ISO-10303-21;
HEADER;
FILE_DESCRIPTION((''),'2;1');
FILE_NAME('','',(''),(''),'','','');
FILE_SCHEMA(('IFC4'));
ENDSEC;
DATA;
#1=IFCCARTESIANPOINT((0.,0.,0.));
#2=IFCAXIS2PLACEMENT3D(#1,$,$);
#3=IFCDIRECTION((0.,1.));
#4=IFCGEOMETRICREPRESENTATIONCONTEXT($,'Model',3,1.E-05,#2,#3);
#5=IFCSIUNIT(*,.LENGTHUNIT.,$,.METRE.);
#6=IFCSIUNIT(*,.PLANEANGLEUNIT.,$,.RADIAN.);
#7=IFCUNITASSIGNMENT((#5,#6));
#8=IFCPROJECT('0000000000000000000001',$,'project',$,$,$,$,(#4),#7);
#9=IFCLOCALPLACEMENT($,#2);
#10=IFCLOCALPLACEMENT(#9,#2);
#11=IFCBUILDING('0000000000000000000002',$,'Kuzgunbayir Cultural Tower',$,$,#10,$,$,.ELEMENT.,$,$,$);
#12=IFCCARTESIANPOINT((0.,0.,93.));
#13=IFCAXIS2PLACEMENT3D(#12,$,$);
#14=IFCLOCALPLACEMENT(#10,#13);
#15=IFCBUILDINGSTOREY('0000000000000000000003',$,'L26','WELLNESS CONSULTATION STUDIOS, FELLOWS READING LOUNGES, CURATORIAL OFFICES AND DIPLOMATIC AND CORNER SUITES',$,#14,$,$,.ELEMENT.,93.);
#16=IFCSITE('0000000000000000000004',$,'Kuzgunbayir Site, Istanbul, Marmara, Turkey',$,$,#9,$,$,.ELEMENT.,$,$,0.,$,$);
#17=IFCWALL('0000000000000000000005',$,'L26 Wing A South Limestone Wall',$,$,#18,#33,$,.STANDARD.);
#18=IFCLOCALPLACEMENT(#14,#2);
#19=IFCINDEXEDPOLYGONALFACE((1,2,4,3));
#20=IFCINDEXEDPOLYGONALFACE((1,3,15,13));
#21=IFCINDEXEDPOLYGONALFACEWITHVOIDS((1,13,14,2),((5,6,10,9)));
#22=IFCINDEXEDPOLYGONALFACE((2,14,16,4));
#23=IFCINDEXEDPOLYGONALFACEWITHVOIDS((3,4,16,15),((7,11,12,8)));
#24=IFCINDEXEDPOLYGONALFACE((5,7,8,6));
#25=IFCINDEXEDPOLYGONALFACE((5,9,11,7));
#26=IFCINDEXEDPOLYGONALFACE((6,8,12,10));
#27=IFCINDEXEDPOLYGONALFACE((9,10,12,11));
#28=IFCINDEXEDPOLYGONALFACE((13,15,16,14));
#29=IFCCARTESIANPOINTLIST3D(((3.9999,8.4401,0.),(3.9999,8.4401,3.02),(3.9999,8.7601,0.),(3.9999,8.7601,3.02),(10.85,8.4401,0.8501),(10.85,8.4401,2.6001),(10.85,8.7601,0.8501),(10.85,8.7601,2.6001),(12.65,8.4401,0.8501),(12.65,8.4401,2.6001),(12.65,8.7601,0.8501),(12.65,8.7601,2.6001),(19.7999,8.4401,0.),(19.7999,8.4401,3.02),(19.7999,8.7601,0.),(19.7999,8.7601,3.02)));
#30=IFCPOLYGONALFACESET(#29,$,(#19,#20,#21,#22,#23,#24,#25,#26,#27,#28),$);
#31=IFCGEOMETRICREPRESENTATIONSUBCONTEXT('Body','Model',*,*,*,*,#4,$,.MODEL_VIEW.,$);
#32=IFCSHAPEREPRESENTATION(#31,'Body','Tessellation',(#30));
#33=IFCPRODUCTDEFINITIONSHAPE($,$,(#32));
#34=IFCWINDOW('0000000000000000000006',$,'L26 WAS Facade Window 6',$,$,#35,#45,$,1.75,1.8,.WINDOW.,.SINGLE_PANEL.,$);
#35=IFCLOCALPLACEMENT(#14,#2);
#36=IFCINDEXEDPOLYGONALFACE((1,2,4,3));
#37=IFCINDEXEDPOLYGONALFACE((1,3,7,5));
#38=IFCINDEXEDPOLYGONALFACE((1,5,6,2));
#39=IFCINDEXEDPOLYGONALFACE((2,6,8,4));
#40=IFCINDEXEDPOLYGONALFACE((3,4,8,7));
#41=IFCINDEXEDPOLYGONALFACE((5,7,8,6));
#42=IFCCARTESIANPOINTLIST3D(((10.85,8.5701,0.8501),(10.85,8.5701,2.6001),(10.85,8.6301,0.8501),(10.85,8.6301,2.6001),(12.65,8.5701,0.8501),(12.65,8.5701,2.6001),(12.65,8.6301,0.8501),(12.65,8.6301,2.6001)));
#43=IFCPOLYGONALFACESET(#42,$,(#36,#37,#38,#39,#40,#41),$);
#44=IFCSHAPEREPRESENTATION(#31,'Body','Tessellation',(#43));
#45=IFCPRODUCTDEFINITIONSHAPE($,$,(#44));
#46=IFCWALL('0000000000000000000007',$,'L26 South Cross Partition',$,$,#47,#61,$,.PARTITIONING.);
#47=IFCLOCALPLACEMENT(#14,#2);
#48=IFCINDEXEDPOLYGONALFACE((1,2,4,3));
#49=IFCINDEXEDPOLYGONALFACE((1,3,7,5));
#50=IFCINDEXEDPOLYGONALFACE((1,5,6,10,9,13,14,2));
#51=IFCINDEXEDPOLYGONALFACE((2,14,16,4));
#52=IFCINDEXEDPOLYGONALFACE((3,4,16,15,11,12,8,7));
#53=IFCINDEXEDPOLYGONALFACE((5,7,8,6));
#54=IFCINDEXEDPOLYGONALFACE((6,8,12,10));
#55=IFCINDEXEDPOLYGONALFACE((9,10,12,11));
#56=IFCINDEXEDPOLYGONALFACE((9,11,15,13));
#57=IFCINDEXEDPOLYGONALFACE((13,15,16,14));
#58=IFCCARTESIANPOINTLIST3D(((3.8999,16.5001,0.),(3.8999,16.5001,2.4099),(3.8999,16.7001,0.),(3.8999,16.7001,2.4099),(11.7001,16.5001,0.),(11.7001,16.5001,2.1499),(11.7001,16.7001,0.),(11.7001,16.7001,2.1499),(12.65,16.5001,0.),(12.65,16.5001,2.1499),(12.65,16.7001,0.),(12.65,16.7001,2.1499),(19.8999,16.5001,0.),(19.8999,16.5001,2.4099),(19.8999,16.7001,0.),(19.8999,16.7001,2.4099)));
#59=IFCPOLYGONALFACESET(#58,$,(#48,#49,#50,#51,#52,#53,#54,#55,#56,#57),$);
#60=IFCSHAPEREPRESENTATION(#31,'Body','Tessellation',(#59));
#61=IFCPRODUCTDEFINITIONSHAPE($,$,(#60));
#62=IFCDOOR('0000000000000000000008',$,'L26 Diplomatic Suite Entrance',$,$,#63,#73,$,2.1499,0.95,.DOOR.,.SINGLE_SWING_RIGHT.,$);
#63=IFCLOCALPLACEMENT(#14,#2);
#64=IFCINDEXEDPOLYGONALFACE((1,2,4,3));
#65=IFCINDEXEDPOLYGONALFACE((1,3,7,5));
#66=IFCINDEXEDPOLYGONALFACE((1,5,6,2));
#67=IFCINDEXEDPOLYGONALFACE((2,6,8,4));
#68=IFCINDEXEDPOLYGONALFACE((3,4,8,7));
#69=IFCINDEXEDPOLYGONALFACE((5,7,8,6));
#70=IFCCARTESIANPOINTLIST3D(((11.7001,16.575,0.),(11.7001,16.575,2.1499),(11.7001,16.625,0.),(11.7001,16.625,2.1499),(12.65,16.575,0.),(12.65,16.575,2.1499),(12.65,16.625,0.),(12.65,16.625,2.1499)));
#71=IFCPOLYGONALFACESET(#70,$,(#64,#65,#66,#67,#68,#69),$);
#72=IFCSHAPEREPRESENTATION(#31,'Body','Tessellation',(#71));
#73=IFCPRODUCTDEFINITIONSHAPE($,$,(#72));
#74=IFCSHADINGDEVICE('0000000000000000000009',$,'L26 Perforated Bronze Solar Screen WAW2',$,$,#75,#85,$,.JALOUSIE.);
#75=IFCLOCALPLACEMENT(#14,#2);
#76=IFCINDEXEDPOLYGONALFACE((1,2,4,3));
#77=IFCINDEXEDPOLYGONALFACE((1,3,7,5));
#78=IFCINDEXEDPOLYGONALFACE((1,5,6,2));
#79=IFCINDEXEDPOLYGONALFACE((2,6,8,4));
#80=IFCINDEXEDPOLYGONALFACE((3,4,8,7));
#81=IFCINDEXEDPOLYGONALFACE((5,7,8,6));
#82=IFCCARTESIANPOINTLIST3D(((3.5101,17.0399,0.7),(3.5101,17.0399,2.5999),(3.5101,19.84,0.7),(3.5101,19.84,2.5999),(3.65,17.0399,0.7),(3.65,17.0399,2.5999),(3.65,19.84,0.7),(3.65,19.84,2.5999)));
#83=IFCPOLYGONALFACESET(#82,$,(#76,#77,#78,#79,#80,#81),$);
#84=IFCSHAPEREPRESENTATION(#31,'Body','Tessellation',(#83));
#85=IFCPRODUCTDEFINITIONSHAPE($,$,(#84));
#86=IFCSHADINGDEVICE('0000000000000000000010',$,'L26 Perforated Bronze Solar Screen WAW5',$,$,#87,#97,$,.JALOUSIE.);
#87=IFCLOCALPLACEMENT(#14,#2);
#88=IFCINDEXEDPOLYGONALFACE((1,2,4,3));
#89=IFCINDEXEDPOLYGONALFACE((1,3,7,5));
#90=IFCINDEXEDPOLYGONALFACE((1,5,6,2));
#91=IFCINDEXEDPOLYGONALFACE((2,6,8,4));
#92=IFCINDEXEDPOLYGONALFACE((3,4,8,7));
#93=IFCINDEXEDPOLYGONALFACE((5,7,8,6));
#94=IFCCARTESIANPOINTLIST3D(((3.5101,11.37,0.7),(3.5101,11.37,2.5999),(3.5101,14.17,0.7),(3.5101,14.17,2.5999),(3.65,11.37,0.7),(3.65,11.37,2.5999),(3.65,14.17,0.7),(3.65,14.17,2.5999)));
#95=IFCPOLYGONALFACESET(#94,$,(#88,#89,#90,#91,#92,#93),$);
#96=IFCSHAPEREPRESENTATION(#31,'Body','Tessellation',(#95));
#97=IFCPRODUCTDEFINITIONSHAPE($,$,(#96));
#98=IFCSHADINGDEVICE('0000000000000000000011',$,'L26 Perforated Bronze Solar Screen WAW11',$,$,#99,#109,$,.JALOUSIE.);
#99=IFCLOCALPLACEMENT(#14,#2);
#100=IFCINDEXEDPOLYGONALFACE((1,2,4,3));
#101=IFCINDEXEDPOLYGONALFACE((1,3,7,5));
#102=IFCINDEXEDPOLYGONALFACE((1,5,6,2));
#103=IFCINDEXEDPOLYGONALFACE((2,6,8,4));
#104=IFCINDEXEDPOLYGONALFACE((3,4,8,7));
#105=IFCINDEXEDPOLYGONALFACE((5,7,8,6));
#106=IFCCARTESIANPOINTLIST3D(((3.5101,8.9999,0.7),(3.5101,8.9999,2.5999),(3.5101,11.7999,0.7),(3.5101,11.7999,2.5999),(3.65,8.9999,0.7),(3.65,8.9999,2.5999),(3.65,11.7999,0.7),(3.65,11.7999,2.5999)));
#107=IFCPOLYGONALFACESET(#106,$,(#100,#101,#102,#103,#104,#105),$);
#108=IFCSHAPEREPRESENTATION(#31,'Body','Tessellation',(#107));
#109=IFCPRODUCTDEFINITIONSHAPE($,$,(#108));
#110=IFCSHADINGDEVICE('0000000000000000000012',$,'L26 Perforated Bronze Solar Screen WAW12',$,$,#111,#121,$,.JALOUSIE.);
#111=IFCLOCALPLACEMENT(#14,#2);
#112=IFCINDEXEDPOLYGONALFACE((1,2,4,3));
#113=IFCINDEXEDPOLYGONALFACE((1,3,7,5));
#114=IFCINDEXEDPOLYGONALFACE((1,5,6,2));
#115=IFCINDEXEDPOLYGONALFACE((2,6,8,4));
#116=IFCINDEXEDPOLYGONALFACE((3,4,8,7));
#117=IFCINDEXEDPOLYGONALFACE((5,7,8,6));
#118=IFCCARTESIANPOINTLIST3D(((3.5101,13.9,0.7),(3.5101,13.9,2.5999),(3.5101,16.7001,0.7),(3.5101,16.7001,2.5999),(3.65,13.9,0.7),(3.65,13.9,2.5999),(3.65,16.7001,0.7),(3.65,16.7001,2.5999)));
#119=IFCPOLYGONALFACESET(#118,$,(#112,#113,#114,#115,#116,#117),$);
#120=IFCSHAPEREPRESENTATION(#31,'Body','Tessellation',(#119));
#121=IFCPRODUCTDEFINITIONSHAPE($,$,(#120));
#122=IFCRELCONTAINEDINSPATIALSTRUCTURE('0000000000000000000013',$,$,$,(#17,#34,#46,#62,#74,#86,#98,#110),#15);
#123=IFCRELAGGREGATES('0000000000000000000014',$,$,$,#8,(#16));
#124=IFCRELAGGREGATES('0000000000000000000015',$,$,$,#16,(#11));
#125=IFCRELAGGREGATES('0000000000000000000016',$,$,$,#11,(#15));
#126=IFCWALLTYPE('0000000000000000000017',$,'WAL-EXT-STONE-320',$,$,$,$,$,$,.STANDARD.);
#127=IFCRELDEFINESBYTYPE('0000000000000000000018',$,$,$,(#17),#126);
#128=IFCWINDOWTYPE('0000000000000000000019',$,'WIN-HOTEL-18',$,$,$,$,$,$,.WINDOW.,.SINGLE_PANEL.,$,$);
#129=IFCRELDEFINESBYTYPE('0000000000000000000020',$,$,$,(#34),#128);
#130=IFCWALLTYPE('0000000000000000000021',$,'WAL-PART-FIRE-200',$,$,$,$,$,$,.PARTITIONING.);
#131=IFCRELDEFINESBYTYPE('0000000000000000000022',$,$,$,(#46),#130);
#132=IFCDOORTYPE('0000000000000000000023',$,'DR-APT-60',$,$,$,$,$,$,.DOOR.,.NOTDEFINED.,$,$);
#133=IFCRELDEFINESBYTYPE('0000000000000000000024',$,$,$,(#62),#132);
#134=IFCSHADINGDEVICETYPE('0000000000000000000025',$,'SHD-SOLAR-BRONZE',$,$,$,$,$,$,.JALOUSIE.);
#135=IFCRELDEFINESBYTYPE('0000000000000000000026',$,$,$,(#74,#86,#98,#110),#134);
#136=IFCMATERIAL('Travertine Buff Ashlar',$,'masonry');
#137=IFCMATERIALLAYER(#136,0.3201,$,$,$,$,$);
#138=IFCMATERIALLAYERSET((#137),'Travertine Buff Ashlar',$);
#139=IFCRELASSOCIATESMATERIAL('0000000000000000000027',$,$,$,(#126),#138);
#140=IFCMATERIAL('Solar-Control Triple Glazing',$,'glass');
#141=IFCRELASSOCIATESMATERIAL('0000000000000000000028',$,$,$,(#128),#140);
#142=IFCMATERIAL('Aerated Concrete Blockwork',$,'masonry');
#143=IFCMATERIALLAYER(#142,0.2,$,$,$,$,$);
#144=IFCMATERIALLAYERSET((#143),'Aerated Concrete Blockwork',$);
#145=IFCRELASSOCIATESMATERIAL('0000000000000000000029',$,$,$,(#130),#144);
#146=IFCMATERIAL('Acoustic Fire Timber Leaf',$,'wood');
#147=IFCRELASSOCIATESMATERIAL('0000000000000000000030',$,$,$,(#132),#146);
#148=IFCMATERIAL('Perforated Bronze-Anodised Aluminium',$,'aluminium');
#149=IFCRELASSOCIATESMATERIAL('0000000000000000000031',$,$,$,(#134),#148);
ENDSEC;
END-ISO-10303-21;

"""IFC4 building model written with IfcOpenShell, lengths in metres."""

from ifc_helpers import new_model, si_unit, direction, frame, frame_2d, origin, origin_2d, place, context, subcontext, project, spatial, rectangle, extrude, material, layer, layer_set, type_object, element, fill, save


model = new_model("IFC4")

# Units and contexts
model_context = context("Model", 3, precision=1e-05, world=origin(), true_north=direction((0.0, 1.0)))
body_context = subcontext(model_context, "Body", "Model", "MODEL_VIEW")
ifc_project = project(units=[si_unit("LENGTHUNIT", "METRE"), si_unit("PLANEANGLEUNIT", "RADIAN")], contexts=[model_context])

# Site, building, storey
site_placement = place(None, origin())
site = spatial("IfcSite", under=ifc_project, at=site_placement, Name="Kuzgunbayir Site, Istanbul, Marmara, Turkey", CompositionType="ELEMENT", RefElevation=0.0)
building_placement = place(site_placement, origin())
building = spatial("IfcBuilding", under=site, at=building_placement, Name="Kuzgunbayir Cultural Tower", CompositionType="ELEMENT")
storey_placement = place(building_placement, frame((0.0, 0.0, 93.0)))
storey = spatial("IfcBuildingStorey", under=building, at=storey_placement, Name="L26", Description="WELLNESS CONSULTATION STUDIOS, FELLOWS READING LOUNGES, CURATORIAL OFFICES AND DIPLOMATIC AND CORNER SUITES", CompositionType="ELEMENT", Elevation=93.0)

# Wall, opening, window
ifc_material_1 = material(Name="Travertine Buff Ashlar", Category="masonry")
ifc_layer_1 = layer(ifc_material_1, 0.3201)
ifc_layer_set_1 = layer_set([ifc_layer_1], Name="Travertine Buff Ashlar")
wall_type_1 = type_object("IfcWallType", Name="WAL-EXT-STONE-320", PredefinedType="STANDARD", material=ifc_layer_set_1)
wall_1_placement = place(storey_placement, frame((4.0, 8.6001, 0.0), z_axis=(0.0, 0.0, 1.0), x_axis=(1.0, 0.0, 0.0)))
wall_1 = element("IfcWall", 1, at=wall_1_placement, inside=storey, type_object=wall_type_1, Name="L26 Wing A South Limestone Wall", PredefinedType="STANDARD", context=body_context, shape_type="SweptSolid", body=[
    extrude(rectangle(XDim=15.8, YDim=0.3201, at=frame_2d((7.8999, 0.0))), origin(), (0.0, 0.0, 1.0), 3.02),
])
opening_1_placement = place(wall_1_placement, frame((6.8501, 0.0, 0.8501)))
opening_1 = element("IfcOpeningElement", 2, at=opening_1_placement, cuts=wall_1, PredefinedType="OPENING", context=body_context, shape_type="SweptSolid", body=[
    extrude(rectangle(XDim=1.8, YDim=1.75, at=frame_2d((0.8999, 0.875))), frame((0.0, 0.1699, 0.0), z_axis=(0.0, -1.0, 0.0), x_axis=(1.0, 0.0, 0.0)), (0.0, 0.0, 1.0), 0.3401),
])
ifc_material_2 = material(Name="Solar-Control Triple Glazing", Category="glass")
window_type = type_object("IfcWindowType", Name="WIN-HOTEL-18", PartitioningType="SINGLE_PANEL", PredefinedType="WINDOW", material=ifc_material_2)
window_placement = place(opening_1_placement, origin())
window = element("IfcWindow", 3, at=window_placement, inside=storey, type_object=window_type, Name="L26 WAS Facade Window 6", OverallHeight=1.75, OverallWidth=1.8, PartitioningType="SINGLE_PANEL", PredefinedType="WINDOW", context=body_context, shape_type="SweptSolid", body=[
    extrude(rectangle(XDim=1.8, YDim=1.75, at=frame_2d((0.8999, 0.875))), frame((0.0, 0.03, 0.0), z_axis=(0.0, -1.0, 0.0), x_axis=(1.0, 0.0, 0.0)), (0.0, 0.0, 1.0), 0.0601),
])
fill(opening_1, window)

# Wall, opening, door
ifc_material_3 = material(Name="Aerated Concrete Blockwork", Category="masonry")
ifc_layer_2 = layer(ifc_material_3, 0.2)
ifc_layer_set_2 = layer_set([ifc_layer_2], Name="Aerated Concrete Blockwork")
wall_type_2 = type_object("IfcWallType", Name="WAL-PART-FIRE-200", PredefinedType="PARTITIONING", material=ifc_layer_set_2)
wall_2_placement = place(storey_placement, frame((3.8999, 16.6001, 0.0), z_axis=(0.0, 0.0, 1.0), x_axis=(1.0, 0.0, 0.0)))
wall_2 = element("IfcWall", 4, at=wall_2_placement, inside=storey, type_object=wall_type_2, Name="L26 South Cross Partition", PredefinedType="PARTITIONING", context=body_context, shape_type="SweptSolid", body=[
    extrude(rectangle(XDim=16.0, YDim=0.2, at=frame_2d((8.0, 0.0))), origin(), (0.0, 0.0, 1.0), 2.4099),
])
opening_2_placement = place(wall_2_placement, frame((7.8, 0.0, 0.0)))
opening_2 = element("IfcOpeningElement", 5, at=opening_2_placement, cuts=wall_2, PredefinedType="OPENING", context=body_context, shape_type="SweptSolid", body=[
    extrude(rectangle(XDim=0.95, YDim=2.1499, at=frame_2d((0.4751, 1.075))), frame((0.0, 0.1099, 0.0), z_axis=(0.0, -1.0, 0.0), x_axis=(1.0, 0.0, 0.0)), (0.0, 0.0, 1.0), 0.22),
])
ifc_material_4 = material(Name="Acoustic Fire Timber Leaf", Category="wood")
door_type = type_object("IfcDoorType", Name="DR-APT-60", OperationType="NOTDEFINED", PredefinedType="DOOR", material=ifc_material_4)
door_placement = place(opening_2_placement, origin())
door = element("IfcDoor", 6, at=door_placement, inside=storey, type_object=door_type, Name="L26 Diplomatic Suite Entrance", OperationType="SINGLE_SWING_RIGHT", OverallHeight=2.1499, OverallWidth=0.95, PredefinedType="DOOR", context=body_context, shape_type="SweptSolid", body=[
    extrude(rectangle(XDim=0.95, YDim=2.1499, at=frame_2d((0.4751, 1.075))), frame((0.0, 0.0249, 0.0), z_axis=(0.0, -1.0, 0.0), x_axis=(1.0, 0.0, 0.0)), (0.0, 0.0, 1.0), 0.05),
])
fill(opening_2, door)

# Shading devices
ifc_material_5 = material(Name="Perforated Bronze-Anodised Aluminium", Category="aluminium")
shading_device_type = type_object("IfcShadingDeviceType", Name="SHD-SOLAR-BRONZE", PredefinedType="JALOUSIE", material=ifc_material_5)
for number, where, z_axis, x_axis, name in (
    (7, (3.5801, 18.4399, 0.7), (0.0, 0.0, 1.0), (1.0, 0.0, 0.0), "L26 Perforated Bronze Solar Screen WAW2"),
    (8, (3.5801, 12.77, 0.7), (0.0, 0.0, 1.0), (1.0, 0.0, 0.0), "L26 Perforated Bronze Solar Screen WAW5"),
    (9, (3.5801, 10.3999, 0.7), (0.0, 0.0, 1.0), (1.0, 0.0, 0.0), "L26 Perforated Bronze Solar Screen WAW11"),
    (10, (3.5801, 15.3, 0.7), (0.0, 0.0, 1.0), (1.0, 0.0, 0.0), "L26 Perforated Bronze Solar Screen WAW12"),
):
    element("IfcShadingDevice", number, at=place(storey_placement, frame(where, z_axis=z_axis, x_axis=x_axis)), inside=storey, type_object=shading_device_type, Name=name, PredefinedType="JALOUSIE", context=body_context, shape_type="SweptSolid", body=[
        extrude(rectangle(XDim=0.1399, YDim=2.8, at=origin_2d()), origin(), (0.0, 0.0, 1.0), 1.8999),
    ])

save(model, "model.ifc")
